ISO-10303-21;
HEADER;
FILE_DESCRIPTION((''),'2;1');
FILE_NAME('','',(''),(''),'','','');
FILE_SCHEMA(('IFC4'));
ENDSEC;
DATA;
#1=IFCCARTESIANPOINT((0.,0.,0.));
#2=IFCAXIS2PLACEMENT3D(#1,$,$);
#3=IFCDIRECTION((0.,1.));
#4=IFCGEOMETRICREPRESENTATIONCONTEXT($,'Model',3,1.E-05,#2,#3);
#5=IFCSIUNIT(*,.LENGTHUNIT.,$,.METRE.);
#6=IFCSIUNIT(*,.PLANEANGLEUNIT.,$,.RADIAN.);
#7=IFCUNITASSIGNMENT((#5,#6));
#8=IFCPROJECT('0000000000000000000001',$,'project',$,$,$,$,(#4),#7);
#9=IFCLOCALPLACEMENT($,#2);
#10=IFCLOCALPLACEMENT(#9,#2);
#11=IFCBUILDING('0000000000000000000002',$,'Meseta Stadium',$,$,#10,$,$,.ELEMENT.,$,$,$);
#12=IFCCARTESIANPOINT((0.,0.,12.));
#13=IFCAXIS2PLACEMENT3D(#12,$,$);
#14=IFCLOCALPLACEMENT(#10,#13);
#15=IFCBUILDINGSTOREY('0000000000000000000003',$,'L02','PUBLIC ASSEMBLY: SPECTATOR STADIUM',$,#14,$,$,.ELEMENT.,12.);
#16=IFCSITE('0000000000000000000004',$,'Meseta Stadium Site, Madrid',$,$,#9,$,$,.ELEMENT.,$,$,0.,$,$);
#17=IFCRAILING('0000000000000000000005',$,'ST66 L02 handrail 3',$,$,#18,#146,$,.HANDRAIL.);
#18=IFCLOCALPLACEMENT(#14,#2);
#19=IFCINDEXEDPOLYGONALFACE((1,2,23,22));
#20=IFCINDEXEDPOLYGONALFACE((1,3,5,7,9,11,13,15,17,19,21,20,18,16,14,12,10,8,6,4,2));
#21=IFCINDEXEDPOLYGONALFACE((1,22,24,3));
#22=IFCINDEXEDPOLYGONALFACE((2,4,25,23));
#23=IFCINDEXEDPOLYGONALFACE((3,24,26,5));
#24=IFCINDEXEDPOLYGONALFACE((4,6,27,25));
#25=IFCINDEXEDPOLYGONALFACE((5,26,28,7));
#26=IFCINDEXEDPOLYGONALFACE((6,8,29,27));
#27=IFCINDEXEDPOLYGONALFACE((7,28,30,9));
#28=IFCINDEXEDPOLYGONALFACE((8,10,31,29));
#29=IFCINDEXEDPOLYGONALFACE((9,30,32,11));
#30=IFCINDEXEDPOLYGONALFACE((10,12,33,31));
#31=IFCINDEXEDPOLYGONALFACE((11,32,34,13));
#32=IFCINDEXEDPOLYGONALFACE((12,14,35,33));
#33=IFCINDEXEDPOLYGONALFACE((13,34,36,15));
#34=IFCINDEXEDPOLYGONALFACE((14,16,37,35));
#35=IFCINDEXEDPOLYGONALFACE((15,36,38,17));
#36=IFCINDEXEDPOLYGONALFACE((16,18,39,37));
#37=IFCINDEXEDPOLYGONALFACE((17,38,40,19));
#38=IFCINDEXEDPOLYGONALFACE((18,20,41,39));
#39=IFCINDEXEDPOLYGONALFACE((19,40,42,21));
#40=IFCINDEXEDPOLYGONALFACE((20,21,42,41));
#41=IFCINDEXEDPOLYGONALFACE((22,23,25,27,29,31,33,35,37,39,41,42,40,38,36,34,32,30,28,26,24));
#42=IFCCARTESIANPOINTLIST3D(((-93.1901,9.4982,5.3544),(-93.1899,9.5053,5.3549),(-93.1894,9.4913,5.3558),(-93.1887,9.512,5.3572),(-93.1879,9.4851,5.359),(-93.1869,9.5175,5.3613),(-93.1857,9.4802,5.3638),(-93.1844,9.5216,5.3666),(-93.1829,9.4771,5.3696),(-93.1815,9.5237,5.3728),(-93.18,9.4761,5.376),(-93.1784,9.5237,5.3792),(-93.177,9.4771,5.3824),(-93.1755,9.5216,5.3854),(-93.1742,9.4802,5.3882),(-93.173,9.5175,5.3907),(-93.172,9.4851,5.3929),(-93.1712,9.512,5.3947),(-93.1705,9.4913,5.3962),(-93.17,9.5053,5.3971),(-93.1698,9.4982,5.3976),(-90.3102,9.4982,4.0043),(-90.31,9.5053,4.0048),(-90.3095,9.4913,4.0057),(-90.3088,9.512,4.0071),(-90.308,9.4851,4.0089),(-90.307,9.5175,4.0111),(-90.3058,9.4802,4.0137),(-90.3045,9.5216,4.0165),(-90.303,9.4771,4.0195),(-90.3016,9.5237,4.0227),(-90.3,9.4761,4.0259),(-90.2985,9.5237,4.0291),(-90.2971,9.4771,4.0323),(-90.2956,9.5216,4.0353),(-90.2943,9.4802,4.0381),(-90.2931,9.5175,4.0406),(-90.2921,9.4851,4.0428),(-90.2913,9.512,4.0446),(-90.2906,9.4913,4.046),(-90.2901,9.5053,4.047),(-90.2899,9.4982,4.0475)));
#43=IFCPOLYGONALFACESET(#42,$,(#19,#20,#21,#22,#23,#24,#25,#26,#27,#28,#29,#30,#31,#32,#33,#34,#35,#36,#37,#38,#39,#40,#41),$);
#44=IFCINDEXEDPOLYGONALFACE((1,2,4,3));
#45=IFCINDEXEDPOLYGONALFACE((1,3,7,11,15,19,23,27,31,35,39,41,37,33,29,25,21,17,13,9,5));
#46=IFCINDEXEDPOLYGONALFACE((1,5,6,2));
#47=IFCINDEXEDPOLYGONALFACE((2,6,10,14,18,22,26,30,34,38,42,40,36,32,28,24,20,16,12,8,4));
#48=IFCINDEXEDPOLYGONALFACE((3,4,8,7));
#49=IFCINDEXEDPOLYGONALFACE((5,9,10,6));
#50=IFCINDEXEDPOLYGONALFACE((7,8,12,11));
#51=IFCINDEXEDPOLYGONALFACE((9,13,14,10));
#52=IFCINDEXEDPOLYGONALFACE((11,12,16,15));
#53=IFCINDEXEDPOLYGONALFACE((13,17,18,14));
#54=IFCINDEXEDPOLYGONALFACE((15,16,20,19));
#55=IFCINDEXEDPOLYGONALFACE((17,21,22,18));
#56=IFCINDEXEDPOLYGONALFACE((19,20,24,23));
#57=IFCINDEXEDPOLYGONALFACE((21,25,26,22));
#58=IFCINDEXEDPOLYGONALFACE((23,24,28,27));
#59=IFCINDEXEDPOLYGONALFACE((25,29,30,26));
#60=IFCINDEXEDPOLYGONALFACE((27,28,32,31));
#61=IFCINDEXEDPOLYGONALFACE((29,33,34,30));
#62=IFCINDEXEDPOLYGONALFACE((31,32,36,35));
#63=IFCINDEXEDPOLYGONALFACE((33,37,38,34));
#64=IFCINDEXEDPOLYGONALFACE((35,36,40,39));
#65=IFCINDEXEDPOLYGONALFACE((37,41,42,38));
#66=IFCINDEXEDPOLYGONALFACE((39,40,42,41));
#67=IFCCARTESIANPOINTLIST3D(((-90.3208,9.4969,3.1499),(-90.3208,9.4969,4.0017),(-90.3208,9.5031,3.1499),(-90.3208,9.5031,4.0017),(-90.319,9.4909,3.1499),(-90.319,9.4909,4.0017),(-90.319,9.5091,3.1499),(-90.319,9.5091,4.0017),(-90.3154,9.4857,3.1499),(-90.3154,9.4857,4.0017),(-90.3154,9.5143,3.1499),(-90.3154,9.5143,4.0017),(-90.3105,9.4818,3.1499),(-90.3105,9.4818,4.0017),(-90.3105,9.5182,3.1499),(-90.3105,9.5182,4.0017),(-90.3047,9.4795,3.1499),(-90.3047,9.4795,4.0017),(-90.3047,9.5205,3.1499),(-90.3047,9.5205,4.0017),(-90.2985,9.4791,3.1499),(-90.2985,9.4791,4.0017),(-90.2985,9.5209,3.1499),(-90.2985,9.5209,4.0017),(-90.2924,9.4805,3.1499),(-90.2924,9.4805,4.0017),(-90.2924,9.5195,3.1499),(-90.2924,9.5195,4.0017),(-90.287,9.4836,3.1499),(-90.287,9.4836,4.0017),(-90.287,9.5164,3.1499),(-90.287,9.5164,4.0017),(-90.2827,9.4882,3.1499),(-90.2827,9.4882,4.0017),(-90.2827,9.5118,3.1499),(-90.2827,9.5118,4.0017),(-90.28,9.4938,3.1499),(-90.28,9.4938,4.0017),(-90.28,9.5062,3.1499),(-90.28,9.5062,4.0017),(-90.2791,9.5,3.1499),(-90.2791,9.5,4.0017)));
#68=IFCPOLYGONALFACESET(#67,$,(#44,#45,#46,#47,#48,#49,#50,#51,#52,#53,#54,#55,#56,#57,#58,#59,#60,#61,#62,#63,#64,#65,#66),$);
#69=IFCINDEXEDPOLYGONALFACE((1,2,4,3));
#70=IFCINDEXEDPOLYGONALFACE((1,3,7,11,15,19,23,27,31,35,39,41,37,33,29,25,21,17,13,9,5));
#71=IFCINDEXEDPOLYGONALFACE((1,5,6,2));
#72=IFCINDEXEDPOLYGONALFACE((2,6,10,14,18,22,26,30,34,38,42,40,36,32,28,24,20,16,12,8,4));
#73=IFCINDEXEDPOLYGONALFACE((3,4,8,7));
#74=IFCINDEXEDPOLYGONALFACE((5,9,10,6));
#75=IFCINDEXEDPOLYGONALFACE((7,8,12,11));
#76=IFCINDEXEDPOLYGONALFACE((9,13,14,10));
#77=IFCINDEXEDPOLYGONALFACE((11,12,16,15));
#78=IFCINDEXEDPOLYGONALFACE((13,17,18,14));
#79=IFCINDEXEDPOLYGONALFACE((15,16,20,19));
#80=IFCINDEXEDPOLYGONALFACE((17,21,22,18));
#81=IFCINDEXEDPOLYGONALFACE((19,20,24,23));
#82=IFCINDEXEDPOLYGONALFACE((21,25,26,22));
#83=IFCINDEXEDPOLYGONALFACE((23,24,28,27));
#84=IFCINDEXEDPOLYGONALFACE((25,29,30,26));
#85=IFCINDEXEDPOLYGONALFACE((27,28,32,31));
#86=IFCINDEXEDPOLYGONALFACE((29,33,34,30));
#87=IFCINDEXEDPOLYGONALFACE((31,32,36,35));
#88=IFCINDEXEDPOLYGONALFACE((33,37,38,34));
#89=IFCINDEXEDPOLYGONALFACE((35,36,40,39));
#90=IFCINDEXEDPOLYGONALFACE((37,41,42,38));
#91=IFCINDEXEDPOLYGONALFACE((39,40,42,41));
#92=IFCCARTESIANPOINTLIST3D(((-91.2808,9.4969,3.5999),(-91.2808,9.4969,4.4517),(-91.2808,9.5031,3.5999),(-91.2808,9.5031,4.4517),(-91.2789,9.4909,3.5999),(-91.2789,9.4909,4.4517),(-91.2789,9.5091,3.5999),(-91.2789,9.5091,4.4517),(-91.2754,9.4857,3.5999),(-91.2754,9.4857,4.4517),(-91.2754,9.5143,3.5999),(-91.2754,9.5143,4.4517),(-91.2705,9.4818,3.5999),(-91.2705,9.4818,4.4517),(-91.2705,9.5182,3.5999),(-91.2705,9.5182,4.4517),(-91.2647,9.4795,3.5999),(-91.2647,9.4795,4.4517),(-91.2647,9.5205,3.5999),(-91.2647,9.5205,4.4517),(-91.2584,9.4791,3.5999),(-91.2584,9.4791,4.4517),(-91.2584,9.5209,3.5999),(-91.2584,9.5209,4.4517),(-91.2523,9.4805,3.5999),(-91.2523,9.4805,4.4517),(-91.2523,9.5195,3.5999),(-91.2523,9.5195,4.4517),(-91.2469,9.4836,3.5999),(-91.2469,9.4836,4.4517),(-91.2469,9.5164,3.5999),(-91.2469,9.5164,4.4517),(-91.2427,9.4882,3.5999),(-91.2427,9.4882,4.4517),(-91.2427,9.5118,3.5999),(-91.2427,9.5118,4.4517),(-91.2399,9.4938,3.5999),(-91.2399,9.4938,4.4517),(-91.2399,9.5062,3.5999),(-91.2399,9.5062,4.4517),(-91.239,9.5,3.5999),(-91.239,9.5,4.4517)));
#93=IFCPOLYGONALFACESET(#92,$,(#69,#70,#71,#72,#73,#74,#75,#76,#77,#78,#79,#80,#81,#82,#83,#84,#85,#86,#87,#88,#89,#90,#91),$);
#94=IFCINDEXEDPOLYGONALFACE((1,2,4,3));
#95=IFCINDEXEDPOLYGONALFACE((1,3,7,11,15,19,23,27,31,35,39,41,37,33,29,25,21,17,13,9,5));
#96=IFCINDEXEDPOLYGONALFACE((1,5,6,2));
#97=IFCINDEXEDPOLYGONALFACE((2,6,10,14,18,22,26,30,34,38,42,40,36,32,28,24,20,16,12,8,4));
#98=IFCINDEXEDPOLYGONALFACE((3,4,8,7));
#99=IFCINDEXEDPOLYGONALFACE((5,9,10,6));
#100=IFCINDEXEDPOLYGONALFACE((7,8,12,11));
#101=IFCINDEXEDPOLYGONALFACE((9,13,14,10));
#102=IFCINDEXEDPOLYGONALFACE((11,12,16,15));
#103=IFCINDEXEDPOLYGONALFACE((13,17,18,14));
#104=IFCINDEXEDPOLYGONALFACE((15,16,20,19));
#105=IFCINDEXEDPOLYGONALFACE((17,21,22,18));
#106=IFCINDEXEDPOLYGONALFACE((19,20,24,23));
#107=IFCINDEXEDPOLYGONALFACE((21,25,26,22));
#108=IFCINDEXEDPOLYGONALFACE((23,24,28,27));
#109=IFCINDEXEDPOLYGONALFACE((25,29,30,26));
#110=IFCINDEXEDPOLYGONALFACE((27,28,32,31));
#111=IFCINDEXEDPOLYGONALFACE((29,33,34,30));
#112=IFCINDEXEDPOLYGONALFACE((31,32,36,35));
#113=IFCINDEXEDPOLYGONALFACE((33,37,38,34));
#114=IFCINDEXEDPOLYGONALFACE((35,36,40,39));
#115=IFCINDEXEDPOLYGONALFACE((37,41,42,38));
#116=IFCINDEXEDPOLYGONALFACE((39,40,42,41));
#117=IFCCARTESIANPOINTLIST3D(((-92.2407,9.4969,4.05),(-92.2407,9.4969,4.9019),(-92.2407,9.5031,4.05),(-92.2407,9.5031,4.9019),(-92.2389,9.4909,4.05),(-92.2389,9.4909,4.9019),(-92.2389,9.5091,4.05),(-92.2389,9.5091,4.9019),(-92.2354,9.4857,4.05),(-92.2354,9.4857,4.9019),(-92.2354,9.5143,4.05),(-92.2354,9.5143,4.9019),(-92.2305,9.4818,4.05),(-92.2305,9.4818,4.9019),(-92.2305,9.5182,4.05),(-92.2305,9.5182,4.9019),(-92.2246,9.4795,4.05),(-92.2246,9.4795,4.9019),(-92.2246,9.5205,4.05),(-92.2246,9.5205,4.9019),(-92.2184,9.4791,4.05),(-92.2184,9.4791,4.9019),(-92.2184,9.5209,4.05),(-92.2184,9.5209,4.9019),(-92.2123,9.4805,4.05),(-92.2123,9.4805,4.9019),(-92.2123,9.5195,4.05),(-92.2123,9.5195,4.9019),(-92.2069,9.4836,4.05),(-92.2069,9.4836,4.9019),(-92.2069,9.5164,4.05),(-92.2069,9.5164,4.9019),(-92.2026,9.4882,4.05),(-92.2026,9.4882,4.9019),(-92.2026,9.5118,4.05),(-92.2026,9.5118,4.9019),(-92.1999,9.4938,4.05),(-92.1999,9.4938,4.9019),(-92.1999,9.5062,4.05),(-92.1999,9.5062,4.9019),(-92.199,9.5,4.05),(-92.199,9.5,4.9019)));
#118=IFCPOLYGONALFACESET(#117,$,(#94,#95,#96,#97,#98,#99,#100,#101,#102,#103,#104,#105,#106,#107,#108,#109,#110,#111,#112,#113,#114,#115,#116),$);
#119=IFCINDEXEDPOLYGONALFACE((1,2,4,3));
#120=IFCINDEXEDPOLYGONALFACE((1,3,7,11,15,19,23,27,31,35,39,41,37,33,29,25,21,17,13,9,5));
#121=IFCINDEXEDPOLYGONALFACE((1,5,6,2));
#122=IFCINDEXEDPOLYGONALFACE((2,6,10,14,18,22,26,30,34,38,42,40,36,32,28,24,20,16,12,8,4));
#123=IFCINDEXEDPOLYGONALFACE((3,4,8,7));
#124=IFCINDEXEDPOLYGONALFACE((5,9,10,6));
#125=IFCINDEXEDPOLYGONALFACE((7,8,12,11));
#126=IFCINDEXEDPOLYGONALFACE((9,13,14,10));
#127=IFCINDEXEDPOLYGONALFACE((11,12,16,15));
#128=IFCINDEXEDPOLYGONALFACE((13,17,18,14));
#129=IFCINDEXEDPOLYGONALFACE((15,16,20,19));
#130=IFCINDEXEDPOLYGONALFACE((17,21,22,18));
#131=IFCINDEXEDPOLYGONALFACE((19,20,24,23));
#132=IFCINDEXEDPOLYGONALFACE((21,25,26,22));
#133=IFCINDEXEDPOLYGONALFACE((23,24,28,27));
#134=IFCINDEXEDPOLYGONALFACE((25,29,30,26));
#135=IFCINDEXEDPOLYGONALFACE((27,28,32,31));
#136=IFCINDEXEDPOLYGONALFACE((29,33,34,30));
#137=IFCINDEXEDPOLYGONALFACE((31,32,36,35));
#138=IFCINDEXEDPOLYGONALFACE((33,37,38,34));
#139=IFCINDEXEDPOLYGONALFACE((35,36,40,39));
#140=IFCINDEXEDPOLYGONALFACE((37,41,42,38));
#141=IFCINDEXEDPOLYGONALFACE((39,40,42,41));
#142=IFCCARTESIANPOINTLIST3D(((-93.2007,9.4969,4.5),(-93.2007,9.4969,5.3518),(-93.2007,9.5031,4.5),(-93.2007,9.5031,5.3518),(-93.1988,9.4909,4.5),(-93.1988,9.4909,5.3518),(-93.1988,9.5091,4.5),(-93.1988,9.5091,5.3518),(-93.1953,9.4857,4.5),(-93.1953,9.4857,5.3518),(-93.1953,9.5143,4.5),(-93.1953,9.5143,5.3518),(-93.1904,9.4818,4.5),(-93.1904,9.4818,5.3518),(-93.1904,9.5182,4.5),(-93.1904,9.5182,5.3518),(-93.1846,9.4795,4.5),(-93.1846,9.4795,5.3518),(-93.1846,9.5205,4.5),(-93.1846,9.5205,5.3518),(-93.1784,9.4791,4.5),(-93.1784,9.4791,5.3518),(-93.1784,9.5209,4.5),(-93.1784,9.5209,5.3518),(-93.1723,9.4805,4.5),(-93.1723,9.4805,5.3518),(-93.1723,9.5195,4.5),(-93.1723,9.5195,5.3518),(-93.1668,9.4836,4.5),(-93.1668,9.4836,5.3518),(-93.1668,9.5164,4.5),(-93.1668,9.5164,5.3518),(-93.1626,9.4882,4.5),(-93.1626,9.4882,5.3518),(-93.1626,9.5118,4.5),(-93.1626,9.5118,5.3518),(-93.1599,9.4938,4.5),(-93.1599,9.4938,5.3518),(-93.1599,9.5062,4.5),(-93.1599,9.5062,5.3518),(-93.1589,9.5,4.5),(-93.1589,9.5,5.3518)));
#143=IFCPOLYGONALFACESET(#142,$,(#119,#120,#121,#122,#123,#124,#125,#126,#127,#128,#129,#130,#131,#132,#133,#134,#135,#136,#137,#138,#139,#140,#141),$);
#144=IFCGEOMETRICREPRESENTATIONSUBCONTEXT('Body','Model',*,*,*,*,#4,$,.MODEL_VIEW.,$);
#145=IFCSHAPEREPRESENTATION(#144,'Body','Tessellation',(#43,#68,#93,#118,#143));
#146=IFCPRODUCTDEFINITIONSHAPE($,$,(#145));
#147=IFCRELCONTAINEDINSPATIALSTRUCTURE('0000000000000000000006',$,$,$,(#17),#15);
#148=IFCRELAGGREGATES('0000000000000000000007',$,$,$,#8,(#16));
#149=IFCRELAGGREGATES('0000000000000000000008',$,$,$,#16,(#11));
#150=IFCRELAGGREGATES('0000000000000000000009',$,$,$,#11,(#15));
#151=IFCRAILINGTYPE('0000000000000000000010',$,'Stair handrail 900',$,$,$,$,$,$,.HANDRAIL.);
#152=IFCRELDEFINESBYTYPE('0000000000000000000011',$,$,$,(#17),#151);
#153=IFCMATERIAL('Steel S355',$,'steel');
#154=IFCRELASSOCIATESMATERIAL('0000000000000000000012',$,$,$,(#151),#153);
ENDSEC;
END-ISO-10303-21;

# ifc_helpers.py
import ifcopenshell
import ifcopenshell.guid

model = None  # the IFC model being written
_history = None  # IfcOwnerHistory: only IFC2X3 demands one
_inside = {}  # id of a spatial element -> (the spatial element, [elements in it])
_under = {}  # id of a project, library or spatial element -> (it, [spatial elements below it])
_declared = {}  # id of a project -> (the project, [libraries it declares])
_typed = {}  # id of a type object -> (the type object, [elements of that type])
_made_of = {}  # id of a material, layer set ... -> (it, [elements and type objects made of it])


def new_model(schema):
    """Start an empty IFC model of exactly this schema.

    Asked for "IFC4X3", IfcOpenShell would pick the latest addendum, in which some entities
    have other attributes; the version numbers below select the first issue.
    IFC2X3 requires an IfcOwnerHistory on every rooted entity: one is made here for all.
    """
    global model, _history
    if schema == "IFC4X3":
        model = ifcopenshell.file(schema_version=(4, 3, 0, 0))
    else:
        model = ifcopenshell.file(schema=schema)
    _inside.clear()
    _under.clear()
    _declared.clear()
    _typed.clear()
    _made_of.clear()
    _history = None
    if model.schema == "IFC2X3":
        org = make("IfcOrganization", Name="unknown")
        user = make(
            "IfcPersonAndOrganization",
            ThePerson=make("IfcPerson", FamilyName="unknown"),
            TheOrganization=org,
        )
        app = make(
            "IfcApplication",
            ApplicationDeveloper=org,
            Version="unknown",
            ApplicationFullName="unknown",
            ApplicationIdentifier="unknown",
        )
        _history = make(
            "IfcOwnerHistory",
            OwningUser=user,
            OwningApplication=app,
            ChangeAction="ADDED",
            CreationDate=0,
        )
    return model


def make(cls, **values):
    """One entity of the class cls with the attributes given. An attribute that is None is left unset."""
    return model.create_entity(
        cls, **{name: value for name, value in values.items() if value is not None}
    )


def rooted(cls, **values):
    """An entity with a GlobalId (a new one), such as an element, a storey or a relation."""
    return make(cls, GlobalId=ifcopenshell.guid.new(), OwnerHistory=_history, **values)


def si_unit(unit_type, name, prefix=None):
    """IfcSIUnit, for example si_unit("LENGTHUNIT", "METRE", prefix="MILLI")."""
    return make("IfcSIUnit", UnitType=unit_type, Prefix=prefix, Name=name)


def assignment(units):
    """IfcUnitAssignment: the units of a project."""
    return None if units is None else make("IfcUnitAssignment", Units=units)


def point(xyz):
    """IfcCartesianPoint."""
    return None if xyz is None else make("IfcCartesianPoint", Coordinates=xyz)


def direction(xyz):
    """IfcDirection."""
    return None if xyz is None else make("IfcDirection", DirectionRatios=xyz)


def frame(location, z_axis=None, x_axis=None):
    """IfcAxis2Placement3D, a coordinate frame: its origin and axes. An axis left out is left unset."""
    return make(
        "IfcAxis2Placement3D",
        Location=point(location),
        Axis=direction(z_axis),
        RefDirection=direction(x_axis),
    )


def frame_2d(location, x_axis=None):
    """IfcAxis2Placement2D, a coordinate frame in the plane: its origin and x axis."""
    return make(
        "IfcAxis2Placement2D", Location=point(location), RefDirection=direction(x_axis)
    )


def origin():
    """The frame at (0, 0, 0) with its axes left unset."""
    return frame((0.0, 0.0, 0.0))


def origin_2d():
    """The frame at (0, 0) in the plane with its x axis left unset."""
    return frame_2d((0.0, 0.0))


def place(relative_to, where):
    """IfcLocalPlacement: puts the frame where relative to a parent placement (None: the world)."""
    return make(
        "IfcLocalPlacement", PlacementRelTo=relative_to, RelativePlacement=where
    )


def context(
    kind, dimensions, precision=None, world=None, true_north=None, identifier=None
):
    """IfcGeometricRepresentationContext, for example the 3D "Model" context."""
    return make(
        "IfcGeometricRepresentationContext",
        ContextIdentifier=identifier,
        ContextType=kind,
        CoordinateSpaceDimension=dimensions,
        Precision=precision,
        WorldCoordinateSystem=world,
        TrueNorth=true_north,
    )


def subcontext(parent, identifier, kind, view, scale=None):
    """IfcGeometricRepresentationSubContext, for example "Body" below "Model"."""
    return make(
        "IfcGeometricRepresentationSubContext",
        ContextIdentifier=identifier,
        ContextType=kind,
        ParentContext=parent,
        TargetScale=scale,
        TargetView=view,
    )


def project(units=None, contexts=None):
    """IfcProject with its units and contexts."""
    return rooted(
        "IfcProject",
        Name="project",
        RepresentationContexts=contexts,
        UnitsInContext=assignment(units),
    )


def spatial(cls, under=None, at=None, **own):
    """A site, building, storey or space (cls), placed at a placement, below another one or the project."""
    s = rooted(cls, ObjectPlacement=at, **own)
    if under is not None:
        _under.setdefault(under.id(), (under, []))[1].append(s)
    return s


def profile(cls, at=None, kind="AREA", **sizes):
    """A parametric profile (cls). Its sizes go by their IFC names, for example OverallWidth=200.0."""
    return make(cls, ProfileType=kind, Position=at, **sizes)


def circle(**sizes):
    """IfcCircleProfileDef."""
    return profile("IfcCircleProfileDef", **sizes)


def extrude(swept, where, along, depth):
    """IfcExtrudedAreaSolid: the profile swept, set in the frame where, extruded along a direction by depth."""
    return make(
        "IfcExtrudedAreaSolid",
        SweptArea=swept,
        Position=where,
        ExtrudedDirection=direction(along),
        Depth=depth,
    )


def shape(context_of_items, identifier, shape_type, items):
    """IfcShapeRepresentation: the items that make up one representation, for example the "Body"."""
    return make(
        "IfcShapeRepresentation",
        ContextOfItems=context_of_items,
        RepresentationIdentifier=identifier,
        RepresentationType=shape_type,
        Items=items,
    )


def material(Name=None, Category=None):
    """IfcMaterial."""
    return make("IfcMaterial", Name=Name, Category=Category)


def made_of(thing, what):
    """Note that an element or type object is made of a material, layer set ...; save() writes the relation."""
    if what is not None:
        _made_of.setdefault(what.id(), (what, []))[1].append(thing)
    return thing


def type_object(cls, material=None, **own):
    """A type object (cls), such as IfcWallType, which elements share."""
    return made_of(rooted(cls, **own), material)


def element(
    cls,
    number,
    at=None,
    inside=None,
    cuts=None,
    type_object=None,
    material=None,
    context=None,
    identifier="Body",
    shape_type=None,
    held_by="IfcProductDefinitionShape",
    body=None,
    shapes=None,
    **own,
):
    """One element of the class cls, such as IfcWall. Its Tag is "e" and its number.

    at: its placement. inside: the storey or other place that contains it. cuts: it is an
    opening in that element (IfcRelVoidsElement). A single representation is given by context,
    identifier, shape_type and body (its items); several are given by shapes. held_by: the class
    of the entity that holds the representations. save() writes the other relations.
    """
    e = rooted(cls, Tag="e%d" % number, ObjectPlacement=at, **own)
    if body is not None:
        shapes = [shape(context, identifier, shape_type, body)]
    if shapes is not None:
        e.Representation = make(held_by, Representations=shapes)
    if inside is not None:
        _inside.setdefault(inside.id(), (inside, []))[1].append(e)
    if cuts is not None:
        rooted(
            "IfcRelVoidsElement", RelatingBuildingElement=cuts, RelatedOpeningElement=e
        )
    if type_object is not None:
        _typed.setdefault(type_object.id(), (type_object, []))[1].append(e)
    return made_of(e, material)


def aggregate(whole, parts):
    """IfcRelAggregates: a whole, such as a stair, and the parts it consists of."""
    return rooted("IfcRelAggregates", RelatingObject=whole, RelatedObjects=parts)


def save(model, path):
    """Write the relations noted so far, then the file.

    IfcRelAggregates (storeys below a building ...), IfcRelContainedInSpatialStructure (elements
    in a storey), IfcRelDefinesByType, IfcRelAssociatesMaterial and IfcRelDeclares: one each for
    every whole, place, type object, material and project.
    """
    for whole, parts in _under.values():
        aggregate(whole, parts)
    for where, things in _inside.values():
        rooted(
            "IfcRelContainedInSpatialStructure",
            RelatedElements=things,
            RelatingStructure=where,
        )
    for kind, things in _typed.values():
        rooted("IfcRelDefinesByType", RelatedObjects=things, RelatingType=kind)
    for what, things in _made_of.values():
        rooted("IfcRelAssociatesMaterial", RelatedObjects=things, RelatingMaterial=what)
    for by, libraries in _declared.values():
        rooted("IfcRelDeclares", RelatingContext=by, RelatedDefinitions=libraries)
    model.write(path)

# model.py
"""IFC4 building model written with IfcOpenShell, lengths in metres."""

from ifc_helpers import new_model, si_unit, direction, frame, origin, origin_2d, place, context, subcontext, project, spatial, circle, extrude, material, type_object, element, save


model = new_model("IFC4")

# Units and contexts
model_context = context("Model", 3, precision=1e-05, world=origin(), true_north=direction((0.0, 1.0)))
body_context = subcontext(model_context, "Body", "Model", "MODEL_VIEW")
ifc_project = project(units=[si_unit("LENGTHUNIT", "METRE"), si_unit("PLANEANGLEUNIT", "RADIAN")], contexts=[model_context])

# Site, building, storey
site_placement = place(None, origin())
site = spatial("IfcSite", under=ifc_project, at=site_placement, Name="Meseta Stadium Site, Madrid", CompositionType="ELEMENT", RefElevation=0.0)
building_placement = place(site_placement, origin())
building = spatial("IfcBuilding", under=site, at=building_placement, Name="Meseta Stadium", CompositionType="ELEMENT")
storey_placement = place(building_placement, frame((0.0, 0.0, 12.0)))
storey = spatial("IfcBuildingStorey", under=building, at=storey_placement, Name="L02", Description="PUBLIC ASSEMBLY: SPECTATOR STADIUM", CompositionType="ELEMENT", Elevation=12.0)

# Railing
ifc_material_1 = material(Name="Steel S355", Category="steel")
railing_type_1 = type_object("IfcRailingType", Name="Stair handrail 900", PredefinedType="HANDRAIL", material=ifc_material_1)
for number, where, name in (
    (1, (-90.3, 9.5, 3.1499), "ST66 L02 handrail 3"),
):
    element("IfcRailing", number, at=place(storey_placement, frame(where)), inside=storey, type_object=railing_type_1, Name=name, PredefinedType="HANDRAIL", context=body_context, shape_type="SweptSolid", body=[
        extrude(circle(Radius=0.0239, at=origin_2d()), frame((0.0, 0.0, 0.876), z_axis=(-0.90544, 0.0, 0.424473), x_axis=(0.0, -1.0, 0.0)), (0.0, 0.0, 1.0), 3.1807),
        extrude(circle(Radius=0.021, at=origin_2d()), origin(), (0.0, 0.0, 1.0), 0.8518),
        extrude(circle(Radius=0.021, at=origin_2d()), frame((-0.96, 0.0, 0.45)), (0.0, 0.0, 1.0), 0.8518),
        extrude(circle(Radius=0.021, at=origin_2d()), frame((-1.9199, 0.0, 0.9001)), (0.0, 0.0, 1.0), 0.8518),
        extrude(circle(Radius=0.021, at=origin_2d()), frame((-2.8799, 0.0, 1.3501)), (0.0, 0.0, 1.0), 0.8518),
    ])

save(model, "model.ifc")
